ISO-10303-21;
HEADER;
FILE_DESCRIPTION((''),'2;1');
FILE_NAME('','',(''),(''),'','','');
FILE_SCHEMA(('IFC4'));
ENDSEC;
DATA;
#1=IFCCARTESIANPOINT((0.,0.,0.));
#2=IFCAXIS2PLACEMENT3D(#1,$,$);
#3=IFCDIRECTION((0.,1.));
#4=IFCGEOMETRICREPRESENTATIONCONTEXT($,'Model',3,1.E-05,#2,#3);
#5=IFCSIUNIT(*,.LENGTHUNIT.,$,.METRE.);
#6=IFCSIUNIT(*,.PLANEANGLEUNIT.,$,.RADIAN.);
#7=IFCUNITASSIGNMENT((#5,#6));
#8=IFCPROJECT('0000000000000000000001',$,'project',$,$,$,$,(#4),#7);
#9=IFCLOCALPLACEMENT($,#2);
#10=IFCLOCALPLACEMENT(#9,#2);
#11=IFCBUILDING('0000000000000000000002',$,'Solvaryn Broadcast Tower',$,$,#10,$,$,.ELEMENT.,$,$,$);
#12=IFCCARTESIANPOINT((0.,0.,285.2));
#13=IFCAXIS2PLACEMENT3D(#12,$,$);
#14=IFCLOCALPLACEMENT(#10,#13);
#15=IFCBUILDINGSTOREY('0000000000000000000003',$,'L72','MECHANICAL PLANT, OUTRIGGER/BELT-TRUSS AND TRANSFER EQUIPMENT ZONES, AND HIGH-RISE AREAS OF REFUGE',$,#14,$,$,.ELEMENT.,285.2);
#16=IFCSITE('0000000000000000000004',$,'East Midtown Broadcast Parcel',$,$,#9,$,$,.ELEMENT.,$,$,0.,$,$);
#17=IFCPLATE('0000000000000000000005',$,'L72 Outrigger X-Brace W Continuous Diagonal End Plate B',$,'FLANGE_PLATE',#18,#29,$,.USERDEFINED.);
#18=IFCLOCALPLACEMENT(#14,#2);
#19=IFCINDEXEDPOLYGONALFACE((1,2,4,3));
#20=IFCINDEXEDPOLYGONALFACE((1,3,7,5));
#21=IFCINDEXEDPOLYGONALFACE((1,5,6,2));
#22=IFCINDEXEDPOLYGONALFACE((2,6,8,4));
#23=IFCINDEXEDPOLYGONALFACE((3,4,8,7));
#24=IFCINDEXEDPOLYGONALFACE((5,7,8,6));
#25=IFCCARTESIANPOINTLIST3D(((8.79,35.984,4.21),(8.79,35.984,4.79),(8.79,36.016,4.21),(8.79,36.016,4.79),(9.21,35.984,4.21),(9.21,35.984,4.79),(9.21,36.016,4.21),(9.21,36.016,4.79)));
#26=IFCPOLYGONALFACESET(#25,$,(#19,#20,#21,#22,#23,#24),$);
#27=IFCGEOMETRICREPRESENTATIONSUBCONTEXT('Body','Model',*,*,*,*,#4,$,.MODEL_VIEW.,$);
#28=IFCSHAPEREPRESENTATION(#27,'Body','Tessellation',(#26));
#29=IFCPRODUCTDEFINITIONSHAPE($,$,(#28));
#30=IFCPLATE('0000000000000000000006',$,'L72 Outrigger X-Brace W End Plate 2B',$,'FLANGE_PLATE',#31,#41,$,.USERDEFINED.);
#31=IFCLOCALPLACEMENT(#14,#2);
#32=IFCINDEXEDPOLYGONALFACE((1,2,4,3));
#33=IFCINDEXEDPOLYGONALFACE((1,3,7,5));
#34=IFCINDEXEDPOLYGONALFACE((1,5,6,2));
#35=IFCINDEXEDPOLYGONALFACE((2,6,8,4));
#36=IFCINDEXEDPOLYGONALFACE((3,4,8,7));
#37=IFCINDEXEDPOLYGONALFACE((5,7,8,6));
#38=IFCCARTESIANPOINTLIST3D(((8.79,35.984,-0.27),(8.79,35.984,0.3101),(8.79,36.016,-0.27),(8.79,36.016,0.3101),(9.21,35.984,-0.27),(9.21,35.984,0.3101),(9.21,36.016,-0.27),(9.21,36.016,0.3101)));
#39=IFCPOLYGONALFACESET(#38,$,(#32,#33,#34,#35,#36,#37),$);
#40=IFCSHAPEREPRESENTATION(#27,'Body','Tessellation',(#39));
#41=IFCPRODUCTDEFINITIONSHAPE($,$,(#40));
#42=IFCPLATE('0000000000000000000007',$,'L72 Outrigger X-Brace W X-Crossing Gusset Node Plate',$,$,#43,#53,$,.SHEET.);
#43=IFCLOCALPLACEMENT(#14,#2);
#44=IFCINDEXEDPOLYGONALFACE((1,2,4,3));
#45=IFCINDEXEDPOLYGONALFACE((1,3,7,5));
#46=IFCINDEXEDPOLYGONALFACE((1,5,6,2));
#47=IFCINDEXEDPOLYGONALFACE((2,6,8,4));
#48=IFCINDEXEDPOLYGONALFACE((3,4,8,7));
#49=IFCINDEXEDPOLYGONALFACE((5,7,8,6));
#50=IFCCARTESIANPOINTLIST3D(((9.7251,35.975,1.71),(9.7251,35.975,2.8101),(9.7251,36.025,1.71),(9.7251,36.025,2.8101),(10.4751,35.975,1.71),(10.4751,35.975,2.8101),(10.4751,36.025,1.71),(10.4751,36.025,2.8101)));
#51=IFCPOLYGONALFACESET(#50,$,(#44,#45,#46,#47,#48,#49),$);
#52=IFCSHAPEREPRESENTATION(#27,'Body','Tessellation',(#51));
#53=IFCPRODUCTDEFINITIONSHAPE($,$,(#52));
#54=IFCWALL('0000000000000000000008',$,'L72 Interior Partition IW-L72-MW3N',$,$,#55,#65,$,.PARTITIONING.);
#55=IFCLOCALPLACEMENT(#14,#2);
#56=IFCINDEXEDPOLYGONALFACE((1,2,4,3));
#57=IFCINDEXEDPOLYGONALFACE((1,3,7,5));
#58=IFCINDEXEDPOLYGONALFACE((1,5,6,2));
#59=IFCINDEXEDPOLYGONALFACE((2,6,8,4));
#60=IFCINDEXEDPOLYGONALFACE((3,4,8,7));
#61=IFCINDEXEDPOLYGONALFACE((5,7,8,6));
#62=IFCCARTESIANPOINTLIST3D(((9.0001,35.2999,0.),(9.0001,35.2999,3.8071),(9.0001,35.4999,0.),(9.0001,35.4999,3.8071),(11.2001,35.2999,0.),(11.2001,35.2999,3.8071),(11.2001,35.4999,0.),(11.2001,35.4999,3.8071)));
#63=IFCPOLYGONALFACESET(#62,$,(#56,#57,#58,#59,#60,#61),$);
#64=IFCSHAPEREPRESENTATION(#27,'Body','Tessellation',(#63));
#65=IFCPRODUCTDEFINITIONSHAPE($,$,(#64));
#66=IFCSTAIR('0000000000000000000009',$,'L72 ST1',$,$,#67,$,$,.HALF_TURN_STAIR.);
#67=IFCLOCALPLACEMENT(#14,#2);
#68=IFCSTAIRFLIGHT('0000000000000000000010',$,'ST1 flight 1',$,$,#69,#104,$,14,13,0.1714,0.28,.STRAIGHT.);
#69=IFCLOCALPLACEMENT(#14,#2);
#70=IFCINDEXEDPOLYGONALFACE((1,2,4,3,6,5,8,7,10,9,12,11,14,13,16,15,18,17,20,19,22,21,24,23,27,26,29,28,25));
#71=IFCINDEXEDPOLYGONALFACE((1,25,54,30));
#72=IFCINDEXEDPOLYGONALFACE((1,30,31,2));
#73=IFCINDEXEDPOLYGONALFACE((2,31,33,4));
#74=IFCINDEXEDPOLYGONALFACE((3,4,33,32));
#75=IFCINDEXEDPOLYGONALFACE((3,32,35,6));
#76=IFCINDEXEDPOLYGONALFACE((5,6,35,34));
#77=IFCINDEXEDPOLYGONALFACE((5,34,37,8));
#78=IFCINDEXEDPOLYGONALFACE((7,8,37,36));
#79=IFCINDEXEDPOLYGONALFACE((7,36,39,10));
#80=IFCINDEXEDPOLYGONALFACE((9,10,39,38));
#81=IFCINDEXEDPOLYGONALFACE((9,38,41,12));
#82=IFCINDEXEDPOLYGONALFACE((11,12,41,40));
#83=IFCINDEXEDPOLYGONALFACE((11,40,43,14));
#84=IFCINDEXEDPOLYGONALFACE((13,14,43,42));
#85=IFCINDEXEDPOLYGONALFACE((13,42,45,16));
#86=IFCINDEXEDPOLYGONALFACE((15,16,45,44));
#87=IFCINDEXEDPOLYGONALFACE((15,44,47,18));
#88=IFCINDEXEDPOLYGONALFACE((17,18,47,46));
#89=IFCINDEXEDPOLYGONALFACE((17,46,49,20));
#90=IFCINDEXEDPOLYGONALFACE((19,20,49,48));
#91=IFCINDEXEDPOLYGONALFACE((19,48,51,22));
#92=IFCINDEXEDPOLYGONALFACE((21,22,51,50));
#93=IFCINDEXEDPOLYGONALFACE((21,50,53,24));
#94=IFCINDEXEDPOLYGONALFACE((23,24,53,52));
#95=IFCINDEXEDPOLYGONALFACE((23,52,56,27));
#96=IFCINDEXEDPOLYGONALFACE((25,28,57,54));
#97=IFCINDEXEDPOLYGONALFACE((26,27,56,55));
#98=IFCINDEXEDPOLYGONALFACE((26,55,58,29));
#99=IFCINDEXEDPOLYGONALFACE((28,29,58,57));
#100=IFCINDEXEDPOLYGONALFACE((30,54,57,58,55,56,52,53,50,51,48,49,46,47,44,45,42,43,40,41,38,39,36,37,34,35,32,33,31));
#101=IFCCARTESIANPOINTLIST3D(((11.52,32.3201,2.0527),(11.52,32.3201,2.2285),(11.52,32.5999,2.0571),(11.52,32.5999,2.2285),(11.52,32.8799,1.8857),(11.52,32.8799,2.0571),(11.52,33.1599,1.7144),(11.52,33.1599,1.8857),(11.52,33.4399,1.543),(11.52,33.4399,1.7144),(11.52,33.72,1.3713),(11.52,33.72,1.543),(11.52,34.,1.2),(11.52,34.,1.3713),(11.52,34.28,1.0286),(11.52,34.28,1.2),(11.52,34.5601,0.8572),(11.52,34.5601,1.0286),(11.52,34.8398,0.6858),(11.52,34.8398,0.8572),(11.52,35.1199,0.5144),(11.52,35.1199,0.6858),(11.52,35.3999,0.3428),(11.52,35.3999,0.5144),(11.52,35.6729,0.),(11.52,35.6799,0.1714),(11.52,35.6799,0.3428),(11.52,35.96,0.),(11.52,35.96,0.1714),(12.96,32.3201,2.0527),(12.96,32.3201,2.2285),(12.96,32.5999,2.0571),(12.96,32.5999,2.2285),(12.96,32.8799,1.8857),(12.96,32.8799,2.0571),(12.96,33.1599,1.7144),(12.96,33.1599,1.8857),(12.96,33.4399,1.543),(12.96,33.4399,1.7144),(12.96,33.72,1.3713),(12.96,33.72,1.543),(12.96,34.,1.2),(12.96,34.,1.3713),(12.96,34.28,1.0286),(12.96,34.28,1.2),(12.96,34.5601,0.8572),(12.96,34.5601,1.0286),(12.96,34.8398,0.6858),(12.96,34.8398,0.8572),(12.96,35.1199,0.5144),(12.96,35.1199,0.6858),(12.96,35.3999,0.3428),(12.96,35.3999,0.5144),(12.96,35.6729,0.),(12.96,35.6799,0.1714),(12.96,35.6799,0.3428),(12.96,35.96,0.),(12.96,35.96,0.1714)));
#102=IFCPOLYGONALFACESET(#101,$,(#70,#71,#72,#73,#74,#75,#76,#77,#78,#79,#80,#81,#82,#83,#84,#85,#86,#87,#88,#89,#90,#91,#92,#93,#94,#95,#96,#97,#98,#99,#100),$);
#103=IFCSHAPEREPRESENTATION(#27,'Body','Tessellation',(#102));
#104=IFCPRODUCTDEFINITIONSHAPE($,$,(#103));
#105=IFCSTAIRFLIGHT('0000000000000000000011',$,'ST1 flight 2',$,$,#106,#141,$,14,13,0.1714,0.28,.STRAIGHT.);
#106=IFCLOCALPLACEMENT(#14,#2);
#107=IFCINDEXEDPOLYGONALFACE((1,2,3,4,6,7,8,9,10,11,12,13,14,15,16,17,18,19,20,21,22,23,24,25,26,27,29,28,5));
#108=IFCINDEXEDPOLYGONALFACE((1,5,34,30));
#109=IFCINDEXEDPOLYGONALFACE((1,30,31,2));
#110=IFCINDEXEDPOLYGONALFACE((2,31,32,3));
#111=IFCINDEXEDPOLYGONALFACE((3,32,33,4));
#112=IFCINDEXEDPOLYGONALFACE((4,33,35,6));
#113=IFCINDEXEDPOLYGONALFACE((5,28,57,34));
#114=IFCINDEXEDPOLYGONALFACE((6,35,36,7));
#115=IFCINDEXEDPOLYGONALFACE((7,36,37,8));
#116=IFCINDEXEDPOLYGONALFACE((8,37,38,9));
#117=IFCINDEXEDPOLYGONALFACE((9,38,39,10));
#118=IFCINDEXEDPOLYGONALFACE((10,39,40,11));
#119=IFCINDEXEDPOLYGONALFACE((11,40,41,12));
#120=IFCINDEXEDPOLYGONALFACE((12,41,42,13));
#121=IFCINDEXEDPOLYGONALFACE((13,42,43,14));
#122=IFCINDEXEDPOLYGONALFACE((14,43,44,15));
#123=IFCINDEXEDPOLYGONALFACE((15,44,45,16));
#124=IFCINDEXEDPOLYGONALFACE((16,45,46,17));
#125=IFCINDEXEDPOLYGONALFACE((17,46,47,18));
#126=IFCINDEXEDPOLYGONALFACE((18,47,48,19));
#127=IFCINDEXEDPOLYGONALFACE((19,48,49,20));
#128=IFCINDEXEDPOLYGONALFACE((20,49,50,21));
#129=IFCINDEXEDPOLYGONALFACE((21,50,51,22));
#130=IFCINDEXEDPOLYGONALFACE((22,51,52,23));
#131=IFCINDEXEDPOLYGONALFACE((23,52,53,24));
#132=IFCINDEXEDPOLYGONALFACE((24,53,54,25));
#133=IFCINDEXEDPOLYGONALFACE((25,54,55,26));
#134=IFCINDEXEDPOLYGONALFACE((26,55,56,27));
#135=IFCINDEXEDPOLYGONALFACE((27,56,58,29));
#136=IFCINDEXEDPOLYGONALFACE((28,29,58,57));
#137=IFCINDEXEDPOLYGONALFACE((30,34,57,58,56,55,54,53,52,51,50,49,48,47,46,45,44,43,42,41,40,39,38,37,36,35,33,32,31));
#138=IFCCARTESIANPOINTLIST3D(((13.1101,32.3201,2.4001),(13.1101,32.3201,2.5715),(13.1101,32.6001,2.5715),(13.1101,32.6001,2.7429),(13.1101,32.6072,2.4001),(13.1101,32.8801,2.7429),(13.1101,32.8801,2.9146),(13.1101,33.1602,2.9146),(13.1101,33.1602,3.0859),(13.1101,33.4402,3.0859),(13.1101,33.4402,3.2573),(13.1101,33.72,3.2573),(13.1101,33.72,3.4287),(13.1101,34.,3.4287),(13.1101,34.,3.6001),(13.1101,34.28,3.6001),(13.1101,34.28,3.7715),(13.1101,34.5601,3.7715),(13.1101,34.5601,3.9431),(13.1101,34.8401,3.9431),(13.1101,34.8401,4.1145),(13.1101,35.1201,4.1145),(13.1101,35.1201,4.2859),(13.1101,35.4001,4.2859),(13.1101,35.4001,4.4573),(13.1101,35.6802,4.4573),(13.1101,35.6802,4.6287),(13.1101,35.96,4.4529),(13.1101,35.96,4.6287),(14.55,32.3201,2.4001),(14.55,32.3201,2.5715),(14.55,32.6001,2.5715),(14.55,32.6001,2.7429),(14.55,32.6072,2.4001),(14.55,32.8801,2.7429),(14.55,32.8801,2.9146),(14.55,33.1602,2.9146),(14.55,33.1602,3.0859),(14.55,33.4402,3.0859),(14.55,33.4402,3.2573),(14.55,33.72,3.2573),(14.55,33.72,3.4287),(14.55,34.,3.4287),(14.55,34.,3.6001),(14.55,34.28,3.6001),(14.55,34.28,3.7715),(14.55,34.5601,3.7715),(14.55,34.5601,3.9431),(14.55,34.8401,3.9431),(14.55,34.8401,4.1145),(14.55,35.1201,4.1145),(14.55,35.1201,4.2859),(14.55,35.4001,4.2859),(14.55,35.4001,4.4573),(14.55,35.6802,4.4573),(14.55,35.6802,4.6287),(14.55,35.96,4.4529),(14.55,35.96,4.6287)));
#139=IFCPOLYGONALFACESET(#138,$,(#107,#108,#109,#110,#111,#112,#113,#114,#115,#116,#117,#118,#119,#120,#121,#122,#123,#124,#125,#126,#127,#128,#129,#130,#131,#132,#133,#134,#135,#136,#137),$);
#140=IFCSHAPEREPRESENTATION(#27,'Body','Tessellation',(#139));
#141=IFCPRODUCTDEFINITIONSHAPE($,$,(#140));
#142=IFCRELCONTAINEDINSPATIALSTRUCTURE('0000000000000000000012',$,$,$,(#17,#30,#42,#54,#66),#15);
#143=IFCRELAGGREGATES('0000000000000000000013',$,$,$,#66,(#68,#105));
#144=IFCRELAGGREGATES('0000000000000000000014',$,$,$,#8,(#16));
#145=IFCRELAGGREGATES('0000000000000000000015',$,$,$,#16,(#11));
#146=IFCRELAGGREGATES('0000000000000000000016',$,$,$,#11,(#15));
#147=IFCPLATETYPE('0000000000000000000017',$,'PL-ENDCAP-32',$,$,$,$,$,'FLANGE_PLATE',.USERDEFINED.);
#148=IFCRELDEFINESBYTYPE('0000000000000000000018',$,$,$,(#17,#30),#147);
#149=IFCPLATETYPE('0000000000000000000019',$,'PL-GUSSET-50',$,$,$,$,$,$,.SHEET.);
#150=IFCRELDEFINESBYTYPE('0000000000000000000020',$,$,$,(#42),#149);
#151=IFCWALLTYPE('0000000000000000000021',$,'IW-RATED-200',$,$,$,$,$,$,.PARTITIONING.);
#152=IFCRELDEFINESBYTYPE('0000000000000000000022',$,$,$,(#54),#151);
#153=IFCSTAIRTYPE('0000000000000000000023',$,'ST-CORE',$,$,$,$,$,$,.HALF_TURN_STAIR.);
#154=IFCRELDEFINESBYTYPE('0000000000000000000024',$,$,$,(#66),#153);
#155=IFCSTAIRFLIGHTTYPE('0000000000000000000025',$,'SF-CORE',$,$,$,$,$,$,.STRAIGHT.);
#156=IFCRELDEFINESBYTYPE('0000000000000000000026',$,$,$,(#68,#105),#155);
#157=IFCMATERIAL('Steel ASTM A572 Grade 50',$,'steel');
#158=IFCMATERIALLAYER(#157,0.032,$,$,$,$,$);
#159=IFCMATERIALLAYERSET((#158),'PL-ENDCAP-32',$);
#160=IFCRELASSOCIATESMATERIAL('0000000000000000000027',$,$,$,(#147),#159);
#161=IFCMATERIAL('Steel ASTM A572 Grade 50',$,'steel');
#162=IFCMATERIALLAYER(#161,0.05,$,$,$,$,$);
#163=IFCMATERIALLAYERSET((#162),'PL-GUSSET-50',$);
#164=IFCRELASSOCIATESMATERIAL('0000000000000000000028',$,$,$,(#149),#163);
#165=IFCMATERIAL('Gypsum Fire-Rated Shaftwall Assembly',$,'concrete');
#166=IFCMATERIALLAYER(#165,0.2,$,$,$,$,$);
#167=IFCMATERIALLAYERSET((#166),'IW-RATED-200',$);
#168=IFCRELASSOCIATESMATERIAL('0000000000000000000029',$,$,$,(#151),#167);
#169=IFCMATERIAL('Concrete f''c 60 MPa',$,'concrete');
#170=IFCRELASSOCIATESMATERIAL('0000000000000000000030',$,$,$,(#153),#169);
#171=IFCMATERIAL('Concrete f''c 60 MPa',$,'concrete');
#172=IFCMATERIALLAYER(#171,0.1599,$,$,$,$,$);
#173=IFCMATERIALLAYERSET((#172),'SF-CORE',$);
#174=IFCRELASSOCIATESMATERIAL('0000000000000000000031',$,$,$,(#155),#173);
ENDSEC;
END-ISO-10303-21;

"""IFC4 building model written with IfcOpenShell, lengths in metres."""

from ifc_helpers import new_model, si_unit, direction, frame, frame_2d, origin, origin_2d, place, context, subcontext, project, spatial, polyline, rectangle, outline, extrude, material, layer, layer_set, type_object, element, aggregate, save


model = new_model("IFC4")

# Units and contexts
model_context = context("Model", 3, precision=1e-05, world=origin(), true_north=direction((0.0, 1.0)))
body_context = subcontext(model_context, "Body", "Model", "MODEL_VIEW")
ifc_project = project(units=[si_unit("LENGTHUNIT", "METRE"), si_unit("PLANEANGLEUNIT", "RADIAN")], contexts=[model_context])

# Site, building, storey
site_placement = place(None, origin())
site = spatial("IfcSite", under=ifc_project, at=site_placement, Name="East Midtown Broadcast Parcel", CompositionType="ELEMENT", RefElevation=0.0)
building_placement = place(site_placement, origin())
building = spatial("IfcBuilding", under=site, at=building_placement, Name="Solvaryn Broadcast Tower", CompositionType="ELEMENT")
storey_placement = place(building_placement, frame((0.0, 0.0, 285.2)))
storey = spatial("IfcBuildingStorey", under=building, at=storey_placement, Name="L72", Description="MECHANICAL PLANT, OUTRIGGER/BELT-TRUSS AND TRANSFER EQUIPMENT ZONES, AND HIGH-RISE AREAS OF REFUGE", CompositionType="ELEMENT", Elevation=285.2)

# Plates
ifc_material_1 = material(Name="Steel ASTM A572 Grade 50", Category="steel")
ifc_layer_1 = layer(ifc_material_1, 0.032)
ifc_layer_set_1 = layer_set([ifc_layer_1], Name="PL-ENDCAP-32")
plate_type_1 = type_object("IfcPlateType", Name="PL-ENDCAP-32", ElementType="FLANGE_PLATE", PredefinedType="USERDEFINED", material=ifc_layer_set_1)
for number, where, z_axis, x_axis, name in (
    (1, (9.0, 36.0, 4.21), (0.0, 0.0, 1.0), (1.0, 0.0, 0.0), "L72 Outrigger X-Brace W Continuous Diagonal End Plate B"),
    (2, (9.0, 36.0, -0.27), (0.0, 0.0, 1.0), (1.0, 0.0, 0.0), "L72 Outrigger X-Brace W End Plate 2B"),
):
    element("IfcPlate", number, at=place(storey_placement, frame(where, z_axis=z_axis, x_axis=x_axis)), inside=storey, type_object=plate_type_1, Name=name, ObjectType="FLANGE_PLATE", PredefinedType="USERDEFINED", context=body_context, shape_type="SweptSolid", body=[
        extrude(rectangle(XDim=0.4199, YDim=0.032, at=origin_2d()), origin(), (0.0, 0.0, 1.0), 0.5801),
    ])
ifc_material_2 = material(Name="Steel ASTM A572 Grade 50", Category="steel")
ifc_layer_2 = layer(ifc_material_2, 0.05)
ifc_layer_set_2 = layer_set([ifc_layer_2], Name="PL-GUSSET-50")
plate_type_2 = type_object("IfcPlateType", Name="PL-GUSSET-50", PredefinedType="SHEET", material=ifc_layer_set_2)
plate_placement = place(storey_placement, frame((10.1001, 36.0, 1.71), z_axis=(0.0, 0.0, 1.0), x_axis=(1.0, 0.0, 0.0)))
element("IfcPlate", 3, at=plate_placement, inside=storey, type_object=plate_type_2, Name="L72 Outrigger X-Brace W X-Crossing Gusset Node Plate", PredefinedType="SHEET", context=body_context, shape_type="SweptSolid", body=[
    extrude(rectangle(XDim=0.75, YDim=0.05, at=origin_2d()), origin(), (0.0, 0.0, 1.0), 1.1001),
])

# Wall
ifc_material_3 = material(Name="Gypsum Fire-Rated Shaftwall Assembly", Category="concrete")
ifc_layer_3 = layer(ifc_material_3, 0.2)
ifc_layer_set_3 = layer_set([ifc_layer_3], Name="IW-RATED-200")
wall_type = type_object("IfcWallType", Name="IW-RATED-200", PredefinedType="PARTITIONING", material=ifc_layer_set_3)
wall_placement = place(storey_placement, frame((9.0, 35.3999, 0.0), z_axis=(0.0, 0.0, 1.0), x_axis=(1.0, 0.0, 0.0)))
element("IfcWall", 4, at=wall_placement, inside=storey, type_object=wall_type, Name="L72 Interior Partition IW-L72-MW3N", PredefinedType="PARTITIONING", context=body_context, shape_type="SweptSolid", body=[
    extrude(rectangle(XDim=2.2, YDim=0.2, at=frame_2d((1.1001, 0.0))), origin(), (0.0, 0.0, 1.0), 3.8071),
])

# Stair, stair flights
ifc_material_4 = material(Name="Concrete f'c 60 MPa", Category="concrete")
stair_type = type_object("IfcStairType", Name="ST-CORE", PredefinedType="HALF_TURN_STAIR", material=ifc_material_4)
stair_placement = place(storey_placement, origin())
stair = element("IfcStair", 5, at=stair_placement, inside=storey, type_object=stair_type, Name="L72 ST1", PredefinedType="HALF_TURN_STAIR")
ifc_material_5 = material(Name="Concrete f'c 60 MPa", Category="concrete")
ifc_layer_4 = layer(ifc_material_5, 0.1599)
ifc_layer_set_4 = layer_set([ifc_layer_4], Name="SF-CORE")
stair_flight_type = type_object("IfcStairFlightType", Name="SF-CORE", PredefinedType="STRAIGHT", material=ifc_layer_set_4)
stair_flight_1_placement = place(storey_placement, frame((12.24, 35.96, 0.0), z_axis=(0.0, 0.0, 1.0), x_axis=(0.0, -1.0, 0.0)))
stair_flight_1 = element("IfcStairFlight", 6, at=stair_flight_1_placement, type_object=stair_flight_type, Name="ST1 flight 1", NumberOfRisers=14, NumberOfTreads=13, PredefinedType="STRAIGHT", RiserHeight=0.1714, TreadLength=0.28, context=body_context, shape_type="SweptSolid", body=[
    extrude(outline(polyline([(0.0, 0.0), (0.0, 0.1714), (0.28, 0.1714), (0.28, 0.3428), (0.5601, 0.3428), (0.5601, 0.5144), (0.8401, 0.5144), (0.8401, 0.6858), (1.1201, 0.6858), (1.1201, 0.8572), (1.3999, 0.8572), (1.3999, 1.0286), (1.6799, 1.0286), (1.6799, 1.2), (1.96, 1.2), (1.96, 1.3713), (2.24, 1.3713), (2.24, 1.543), (2.52, 1.543), (2.52, 1.7144), (2.8, 1.7144), (2.8, 1.8857), (3.0801, 1.8857), (3.0801, 2.0571), (3.3601, 2.0571), (3.3601, 2.2285), (3.6399, 2.2285), (3.6399, 2.3999), (3.6399, 2.0527), (0.2871, 0.0), (0.0, 0.0)])), frame((0.0, 0.72, 0.0), z_axis=(0.0, -1.0, 0.0), x_axis=(1.0, 0.0, 0.0)), (0.0, 0.0, 1.0), 1.4399),
])
stair_flight_2_placement = place(storey_placement, frame((13.8301, 32.3201, 2.4001), z_axis=(0.0, 0.0, 1.0), x_axis=(0.0, 1.0, 0.0)))
stair_flight_2 = element("IfcStairFlight", 7, at=stair_flight_2_placement, type_object=stair_flight_type, Name="ST1 flight 2", NumberOfRisers=14, NumberOfTreads=13, PredefinedType="STRAIGHT", RiserHeight=0.1714, TreadLength=0.28, context=body_context, shape_type="SweptSolid", body=[
    extrude(outline(polyline([(0.0, 0.0), (0.0, 0.1714), (0.28, 0.1714), (0.28, 0.3428), (0.5601, 0.3428), (0.5601, 0.5144), (0.8401, 0.5144), (0.8401, 0.6858), (1.1201, 0.6858), (1.1201, 0.8572), (1.3999, 0.8572), (1.3999, 1.0286), (1.6799, 1.0286), (1.6799, 1.2), (1.96, 1.2), (1.96, 1.3713), (2.24, 1.3713), (2.24, 1.543), (2.52, 1.543), (2.52, 1.7144), (2.8, 1.7144), (2.8, 1.8857), (3.0801, 1.8857), (3.0801, 2.0571), (3.3601, 2.0571), (3.3601, 2.2285), (3.6399, 2.2285), (3.6399, 2.3999), (3.6399, 2.0527), (0.2871, 0.0), (0.0, 0.0)])), frame((0.0, 0.72, 0.0), z_axis=(0.0, -1.0, 0.0), x_axis=(1.0, 0.0, 0.0)), (0.0, 0.0, 1.0), 1.4399),
])
aggregate(stair, [stair_flight_1, stair_flight_2])

save(model, "model.ifc")
